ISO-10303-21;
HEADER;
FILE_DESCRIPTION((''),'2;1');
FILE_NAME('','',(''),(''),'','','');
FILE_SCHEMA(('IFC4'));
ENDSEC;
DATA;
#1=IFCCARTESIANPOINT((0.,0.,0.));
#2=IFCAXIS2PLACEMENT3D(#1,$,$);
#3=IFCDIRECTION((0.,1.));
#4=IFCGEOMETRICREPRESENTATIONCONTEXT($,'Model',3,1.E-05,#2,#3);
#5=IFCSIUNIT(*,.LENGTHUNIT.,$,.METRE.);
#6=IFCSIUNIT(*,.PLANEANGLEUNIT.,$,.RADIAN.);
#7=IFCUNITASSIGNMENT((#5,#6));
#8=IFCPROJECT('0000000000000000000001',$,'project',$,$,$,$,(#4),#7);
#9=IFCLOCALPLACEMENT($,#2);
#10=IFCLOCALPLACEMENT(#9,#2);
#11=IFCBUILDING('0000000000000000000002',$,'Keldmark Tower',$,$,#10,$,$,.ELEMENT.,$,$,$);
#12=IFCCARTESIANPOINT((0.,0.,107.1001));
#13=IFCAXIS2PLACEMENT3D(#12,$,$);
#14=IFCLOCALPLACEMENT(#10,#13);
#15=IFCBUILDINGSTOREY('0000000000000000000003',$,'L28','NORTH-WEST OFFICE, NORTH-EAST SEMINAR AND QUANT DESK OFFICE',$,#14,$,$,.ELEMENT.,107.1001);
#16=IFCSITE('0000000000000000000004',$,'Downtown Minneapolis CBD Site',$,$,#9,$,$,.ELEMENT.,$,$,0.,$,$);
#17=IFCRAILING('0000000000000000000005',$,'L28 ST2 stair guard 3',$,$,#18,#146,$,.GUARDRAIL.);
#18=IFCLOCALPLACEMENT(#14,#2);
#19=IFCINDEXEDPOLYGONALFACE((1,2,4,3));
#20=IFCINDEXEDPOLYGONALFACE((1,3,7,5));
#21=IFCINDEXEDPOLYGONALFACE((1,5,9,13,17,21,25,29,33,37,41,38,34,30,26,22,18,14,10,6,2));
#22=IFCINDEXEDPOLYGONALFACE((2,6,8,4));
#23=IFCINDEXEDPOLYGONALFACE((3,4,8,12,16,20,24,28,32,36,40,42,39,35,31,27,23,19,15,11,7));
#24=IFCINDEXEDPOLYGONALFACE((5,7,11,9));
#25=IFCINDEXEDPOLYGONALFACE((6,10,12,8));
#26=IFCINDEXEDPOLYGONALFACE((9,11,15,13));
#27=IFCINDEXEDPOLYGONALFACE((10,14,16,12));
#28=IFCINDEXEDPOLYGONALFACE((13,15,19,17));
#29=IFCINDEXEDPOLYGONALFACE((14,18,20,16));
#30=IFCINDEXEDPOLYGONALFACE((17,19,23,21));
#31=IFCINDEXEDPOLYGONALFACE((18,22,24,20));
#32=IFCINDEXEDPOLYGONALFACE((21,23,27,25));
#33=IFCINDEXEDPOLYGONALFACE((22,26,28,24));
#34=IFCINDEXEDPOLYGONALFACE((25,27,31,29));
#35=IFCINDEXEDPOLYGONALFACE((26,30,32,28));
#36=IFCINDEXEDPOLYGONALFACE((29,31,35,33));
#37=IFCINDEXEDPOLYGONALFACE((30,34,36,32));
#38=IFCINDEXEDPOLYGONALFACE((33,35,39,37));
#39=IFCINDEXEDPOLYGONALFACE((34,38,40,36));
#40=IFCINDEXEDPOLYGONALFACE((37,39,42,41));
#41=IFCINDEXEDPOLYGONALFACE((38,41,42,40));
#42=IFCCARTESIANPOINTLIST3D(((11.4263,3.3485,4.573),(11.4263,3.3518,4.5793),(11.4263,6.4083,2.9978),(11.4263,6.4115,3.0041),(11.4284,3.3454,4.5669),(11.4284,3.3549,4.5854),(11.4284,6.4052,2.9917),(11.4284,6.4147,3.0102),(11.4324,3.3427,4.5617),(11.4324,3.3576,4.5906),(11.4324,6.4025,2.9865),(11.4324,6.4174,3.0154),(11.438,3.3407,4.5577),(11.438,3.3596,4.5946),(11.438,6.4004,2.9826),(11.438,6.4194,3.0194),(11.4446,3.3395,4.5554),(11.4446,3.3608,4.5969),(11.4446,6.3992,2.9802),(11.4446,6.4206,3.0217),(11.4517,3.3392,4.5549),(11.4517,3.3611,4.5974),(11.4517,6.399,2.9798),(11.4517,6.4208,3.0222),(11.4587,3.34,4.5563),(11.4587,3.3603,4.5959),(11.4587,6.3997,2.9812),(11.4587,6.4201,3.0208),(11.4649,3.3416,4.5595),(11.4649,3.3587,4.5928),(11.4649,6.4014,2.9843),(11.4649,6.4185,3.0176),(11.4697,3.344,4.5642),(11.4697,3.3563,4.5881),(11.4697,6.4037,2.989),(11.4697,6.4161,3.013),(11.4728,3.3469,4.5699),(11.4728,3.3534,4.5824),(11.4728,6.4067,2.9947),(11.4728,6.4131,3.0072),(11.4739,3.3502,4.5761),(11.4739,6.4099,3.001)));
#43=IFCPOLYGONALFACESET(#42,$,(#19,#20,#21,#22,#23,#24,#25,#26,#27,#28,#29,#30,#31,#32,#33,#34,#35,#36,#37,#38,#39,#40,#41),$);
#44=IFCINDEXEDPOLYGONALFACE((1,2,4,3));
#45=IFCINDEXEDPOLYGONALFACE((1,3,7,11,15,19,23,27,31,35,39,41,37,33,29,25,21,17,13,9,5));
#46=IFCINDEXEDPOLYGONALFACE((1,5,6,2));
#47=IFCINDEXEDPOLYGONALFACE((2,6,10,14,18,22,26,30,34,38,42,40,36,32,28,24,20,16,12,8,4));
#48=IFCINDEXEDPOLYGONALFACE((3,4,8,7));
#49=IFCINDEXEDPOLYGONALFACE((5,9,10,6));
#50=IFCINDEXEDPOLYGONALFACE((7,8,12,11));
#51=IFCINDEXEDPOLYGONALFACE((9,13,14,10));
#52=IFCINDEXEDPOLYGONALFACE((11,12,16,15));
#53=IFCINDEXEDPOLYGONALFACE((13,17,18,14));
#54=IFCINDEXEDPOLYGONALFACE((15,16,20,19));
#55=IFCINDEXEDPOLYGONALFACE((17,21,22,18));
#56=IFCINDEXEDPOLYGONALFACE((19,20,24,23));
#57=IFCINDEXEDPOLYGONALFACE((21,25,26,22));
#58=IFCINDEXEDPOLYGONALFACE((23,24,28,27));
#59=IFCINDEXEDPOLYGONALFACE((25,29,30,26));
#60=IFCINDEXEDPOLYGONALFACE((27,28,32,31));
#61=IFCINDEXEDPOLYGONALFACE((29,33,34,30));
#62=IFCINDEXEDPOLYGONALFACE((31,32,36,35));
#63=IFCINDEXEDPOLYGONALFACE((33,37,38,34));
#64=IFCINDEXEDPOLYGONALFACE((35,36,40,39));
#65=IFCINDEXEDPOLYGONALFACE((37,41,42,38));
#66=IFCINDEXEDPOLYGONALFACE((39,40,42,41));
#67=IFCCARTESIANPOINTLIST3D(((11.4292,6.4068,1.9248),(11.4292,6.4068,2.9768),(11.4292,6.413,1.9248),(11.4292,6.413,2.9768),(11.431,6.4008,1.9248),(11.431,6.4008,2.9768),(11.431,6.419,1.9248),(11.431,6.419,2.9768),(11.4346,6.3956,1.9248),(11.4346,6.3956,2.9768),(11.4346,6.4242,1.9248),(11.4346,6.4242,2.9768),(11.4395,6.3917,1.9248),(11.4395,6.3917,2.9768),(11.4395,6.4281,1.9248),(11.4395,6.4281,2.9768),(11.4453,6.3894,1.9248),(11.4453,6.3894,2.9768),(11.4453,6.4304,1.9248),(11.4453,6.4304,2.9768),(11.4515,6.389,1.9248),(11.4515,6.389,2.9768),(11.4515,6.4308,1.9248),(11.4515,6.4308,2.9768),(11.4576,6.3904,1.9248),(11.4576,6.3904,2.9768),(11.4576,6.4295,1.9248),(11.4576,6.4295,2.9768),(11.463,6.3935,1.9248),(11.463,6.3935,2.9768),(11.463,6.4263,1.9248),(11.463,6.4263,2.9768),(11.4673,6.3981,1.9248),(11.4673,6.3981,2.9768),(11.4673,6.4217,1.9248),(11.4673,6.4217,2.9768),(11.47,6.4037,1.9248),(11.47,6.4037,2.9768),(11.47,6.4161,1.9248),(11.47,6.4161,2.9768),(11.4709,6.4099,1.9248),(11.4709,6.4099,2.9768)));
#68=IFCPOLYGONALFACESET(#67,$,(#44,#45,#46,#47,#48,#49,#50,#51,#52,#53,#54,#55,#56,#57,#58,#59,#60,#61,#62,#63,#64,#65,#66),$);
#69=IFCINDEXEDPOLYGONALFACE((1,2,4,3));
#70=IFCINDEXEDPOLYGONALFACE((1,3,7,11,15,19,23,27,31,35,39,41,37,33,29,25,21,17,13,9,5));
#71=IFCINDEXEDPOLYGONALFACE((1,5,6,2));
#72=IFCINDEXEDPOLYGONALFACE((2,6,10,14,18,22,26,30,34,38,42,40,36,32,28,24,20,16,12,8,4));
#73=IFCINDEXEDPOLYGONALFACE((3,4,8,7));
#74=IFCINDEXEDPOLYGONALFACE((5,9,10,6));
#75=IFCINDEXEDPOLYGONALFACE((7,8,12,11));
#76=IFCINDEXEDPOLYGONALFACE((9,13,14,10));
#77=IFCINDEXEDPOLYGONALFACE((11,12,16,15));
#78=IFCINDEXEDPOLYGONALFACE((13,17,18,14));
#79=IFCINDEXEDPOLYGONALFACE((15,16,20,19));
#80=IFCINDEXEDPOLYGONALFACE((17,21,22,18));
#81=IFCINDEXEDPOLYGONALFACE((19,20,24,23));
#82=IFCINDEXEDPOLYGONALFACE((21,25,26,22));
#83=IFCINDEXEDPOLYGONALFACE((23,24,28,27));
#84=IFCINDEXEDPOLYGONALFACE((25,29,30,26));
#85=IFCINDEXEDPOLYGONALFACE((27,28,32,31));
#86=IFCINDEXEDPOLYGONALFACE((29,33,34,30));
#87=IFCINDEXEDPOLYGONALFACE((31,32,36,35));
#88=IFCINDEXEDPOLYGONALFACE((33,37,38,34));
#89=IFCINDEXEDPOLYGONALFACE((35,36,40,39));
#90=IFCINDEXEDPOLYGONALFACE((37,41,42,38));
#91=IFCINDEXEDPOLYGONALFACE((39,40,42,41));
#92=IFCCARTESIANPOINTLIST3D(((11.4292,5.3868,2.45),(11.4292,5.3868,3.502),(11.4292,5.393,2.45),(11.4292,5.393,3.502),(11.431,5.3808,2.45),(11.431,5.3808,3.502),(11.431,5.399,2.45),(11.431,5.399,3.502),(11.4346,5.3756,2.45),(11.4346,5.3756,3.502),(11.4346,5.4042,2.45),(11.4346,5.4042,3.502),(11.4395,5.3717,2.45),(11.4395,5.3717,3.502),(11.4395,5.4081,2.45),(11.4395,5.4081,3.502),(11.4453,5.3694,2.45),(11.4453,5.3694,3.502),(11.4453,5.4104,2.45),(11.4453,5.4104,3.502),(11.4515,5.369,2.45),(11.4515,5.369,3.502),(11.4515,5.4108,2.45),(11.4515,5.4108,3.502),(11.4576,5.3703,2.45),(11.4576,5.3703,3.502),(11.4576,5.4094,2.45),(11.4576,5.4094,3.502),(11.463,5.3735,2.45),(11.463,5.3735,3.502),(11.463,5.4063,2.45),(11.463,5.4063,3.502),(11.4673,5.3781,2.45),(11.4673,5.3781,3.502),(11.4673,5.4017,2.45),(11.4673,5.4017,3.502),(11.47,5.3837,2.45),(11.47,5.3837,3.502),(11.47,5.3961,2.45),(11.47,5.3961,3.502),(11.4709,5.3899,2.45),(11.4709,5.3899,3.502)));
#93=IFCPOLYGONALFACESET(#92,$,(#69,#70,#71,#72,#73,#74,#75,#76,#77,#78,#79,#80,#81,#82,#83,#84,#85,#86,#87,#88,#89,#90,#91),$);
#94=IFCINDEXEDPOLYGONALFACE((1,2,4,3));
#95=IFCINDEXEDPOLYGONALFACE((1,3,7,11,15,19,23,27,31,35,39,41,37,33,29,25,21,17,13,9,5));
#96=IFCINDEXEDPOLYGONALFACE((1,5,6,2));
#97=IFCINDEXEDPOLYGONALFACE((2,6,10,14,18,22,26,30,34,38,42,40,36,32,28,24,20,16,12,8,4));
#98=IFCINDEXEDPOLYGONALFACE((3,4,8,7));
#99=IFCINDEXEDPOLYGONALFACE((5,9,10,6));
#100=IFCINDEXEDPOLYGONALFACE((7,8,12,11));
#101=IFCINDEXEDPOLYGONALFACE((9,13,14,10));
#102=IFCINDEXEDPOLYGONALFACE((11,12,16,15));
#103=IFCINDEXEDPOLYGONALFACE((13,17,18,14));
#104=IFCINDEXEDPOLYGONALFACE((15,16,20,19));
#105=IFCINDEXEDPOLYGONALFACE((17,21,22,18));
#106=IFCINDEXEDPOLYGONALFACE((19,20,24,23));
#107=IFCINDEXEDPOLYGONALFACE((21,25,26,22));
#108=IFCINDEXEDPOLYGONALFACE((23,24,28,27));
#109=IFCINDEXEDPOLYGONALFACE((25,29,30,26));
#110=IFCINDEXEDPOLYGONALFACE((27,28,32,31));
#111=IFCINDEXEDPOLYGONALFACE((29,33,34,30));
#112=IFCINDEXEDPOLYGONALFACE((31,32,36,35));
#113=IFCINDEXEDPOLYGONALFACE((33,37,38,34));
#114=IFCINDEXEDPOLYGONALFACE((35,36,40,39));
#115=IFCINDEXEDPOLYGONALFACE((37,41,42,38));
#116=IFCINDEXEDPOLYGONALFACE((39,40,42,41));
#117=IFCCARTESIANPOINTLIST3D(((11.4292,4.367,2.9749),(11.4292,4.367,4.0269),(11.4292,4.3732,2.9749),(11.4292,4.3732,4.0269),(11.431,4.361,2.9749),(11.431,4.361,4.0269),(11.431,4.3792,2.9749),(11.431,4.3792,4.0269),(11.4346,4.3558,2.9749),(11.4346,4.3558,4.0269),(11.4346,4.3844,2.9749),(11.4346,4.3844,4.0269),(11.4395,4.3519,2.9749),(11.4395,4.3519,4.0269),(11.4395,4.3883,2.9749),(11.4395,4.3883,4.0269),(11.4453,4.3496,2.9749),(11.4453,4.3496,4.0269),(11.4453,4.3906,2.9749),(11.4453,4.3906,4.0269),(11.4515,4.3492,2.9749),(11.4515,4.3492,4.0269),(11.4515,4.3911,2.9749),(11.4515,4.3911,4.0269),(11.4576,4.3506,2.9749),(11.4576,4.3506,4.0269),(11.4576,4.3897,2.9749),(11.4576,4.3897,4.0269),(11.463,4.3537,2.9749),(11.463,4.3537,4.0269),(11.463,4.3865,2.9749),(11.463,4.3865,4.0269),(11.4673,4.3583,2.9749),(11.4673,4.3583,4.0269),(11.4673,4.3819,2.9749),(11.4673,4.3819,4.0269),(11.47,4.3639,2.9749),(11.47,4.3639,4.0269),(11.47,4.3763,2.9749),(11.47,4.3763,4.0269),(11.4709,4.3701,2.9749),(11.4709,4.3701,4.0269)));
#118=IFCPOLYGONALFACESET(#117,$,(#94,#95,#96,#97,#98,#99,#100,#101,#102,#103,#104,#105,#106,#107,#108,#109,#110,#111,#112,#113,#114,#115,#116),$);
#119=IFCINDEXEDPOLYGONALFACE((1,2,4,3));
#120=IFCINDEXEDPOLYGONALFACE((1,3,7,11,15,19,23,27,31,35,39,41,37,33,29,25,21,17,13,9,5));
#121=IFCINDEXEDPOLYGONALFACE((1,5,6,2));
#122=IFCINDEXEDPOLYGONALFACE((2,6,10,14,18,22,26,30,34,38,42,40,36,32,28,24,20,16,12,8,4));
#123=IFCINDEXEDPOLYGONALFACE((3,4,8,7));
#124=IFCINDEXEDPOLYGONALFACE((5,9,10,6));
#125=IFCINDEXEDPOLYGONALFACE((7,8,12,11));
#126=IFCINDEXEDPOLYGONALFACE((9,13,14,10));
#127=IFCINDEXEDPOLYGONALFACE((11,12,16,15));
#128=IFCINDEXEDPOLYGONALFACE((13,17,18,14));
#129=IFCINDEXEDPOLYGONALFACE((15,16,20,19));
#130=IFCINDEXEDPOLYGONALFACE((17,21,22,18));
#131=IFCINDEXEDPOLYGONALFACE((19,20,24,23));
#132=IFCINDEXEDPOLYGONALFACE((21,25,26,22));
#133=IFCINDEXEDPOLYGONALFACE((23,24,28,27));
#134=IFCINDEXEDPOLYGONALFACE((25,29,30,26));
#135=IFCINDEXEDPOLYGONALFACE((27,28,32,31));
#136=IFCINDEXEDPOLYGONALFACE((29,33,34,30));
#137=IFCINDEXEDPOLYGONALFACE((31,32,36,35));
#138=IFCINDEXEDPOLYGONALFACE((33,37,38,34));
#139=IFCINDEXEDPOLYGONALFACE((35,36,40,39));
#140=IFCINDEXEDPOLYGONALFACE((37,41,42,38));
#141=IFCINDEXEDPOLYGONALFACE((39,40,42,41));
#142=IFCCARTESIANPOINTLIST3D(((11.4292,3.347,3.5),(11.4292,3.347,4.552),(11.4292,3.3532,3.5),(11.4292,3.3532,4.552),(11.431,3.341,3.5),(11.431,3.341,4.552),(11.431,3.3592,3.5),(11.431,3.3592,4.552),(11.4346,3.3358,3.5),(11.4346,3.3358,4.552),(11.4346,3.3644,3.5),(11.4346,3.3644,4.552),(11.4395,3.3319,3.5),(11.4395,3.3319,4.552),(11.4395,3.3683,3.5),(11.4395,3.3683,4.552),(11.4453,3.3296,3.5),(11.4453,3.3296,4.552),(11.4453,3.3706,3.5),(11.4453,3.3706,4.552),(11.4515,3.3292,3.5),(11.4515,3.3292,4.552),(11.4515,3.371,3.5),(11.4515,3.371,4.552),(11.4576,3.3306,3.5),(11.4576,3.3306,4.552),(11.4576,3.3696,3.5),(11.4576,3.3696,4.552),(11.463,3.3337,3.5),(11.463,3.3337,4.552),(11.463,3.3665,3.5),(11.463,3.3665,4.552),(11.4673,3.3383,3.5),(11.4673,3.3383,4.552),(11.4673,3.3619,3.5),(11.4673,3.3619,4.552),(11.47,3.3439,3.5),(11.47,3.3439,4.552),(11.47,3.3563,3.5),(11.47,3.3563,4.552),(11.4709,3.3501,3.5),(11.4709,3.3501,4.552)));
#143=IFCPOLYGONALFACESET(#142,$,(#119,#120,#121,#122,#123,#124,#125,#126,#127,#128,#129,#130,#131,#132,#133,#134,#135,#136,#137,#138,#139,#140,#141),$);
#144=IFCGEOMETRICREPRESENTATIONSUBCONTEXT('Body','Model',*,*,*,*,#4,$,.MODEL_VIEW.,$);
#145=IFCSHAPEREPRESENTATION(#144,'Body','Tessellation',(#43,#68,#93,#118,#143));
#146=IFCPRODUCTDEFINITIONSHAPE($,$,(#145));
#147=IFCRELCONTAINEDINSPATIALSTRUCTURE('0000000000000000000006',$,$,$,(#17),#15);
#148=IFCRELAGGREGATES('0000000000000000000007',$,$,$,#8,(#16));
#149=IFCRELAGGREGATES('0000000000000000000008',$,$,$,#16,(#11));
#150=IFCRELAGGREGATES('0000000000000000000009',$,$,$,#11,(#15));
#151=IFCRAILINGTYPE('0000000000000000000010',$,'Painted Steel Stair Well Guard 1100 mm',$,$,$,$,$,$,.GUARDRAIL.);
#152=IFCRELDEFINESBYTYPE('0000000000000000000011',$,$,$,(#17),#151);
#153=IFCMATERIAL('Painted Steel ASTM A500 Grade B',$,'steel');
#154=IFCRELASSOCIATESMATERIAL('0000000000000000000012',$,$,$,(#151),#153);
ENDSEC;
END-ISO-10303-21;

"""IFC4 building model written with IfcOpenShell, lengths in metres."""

from ifc_helpers import new_model, si_unit, direction, frame, origin, origin_2d, place, context, subcontext, project, spatial, circle, extrude, material, type_object, element, save


model = new_model("IFC4")

# Units and contexts
model_context = context("Model", 3, precision=1e-05, world=origin(), true_north=direction((0.0, 1.0)))
body_context = subcontext(model_context, "Body", "Model", "MODEL_VIEW")
ifc_project = project(units=[si_unit("LENGTHUNIT", "METRE"), si_unit("PLANEANGLEUNIT", "RADIAN")], contexts=[model_context])

# Site, building, storey
site_placement = place(None, origin())
site = spatial("IfcSite", under=ifc_project, at=site_placement, Name="Downtown Minneapolis CBD Site", CompositionType="ELEMENT", RefElevation=0.0)
building_placement = place(site_placement, origin())
building = spatial("IfcBuilding", under=site, at=building_placement, Name="Keldmark Tower", CompositionType="ELEMENT")
storey_placement = place(building_placement, frame((0.0, 0.0, 107.1001)))
storey = spatial("IfcBuildingStorey", under=building, at=storey_placement, Name="L28", Description="NORTH-WEST OFFICE, NORTH-EAST SEMINAR AND QUANT DESK OFFICE", CompositionType="ELEMENT", Elevation=107.1001)

# Railing
ifc_material_1 = material(Name="Painted Steel ASTM A500 Grade B", Category="steel")
railing_type_1 = type_object("IfcRailingType", Name="Painted Steel Stair Well Guard 1100 mm", PredefinedType="GUARDRAIL", material=ifc_material_1)
railing_1_placement = place(storey_placement, frame((11.45, 6.4099, 1.9248)))
element("IfcRailing", 1, at=railing_1_placement, inside=storey, type_object=railing_type_1, Name="L28 ST2 stair guard 3", PredefinedType="GUARDRAIL", context=body_context, shape_type="SweptSolid", body=[
    extrude(circle(Radius=0.0239, at=origin_2d()), frame((0.0, 0.0, 1.0762), z_axis=(0.0, -0.889101, 0.45771), x_axis=(1.0, 0.0, 0.0)), (0.0, 0.0, 1.0), 3.4414),
    extrude(circle(Radius=0.021, at=origin_2d()), origin(), (0.0, 0.0, 1.0), 1.052),
    extrude(circle(Radius=0.021, at=origin_2d()), frame((0.0, -1.02, 0.5251)), (0.0, 0.0, 1.0), 1.052),
    extrude(circle(Radius=0.021, at=origin_2d()), frame((0.0, -2.0398, 1.05)), (0.0, 0.0, 1.0), 1.052),
    extrude(circle(Radius=0.021, at=origin_2d()), frame((0.0, -3.0598, 1.5752)), (0.0, 0.0, 1.0), 1.052),
])

save(model, "model.ifc")
